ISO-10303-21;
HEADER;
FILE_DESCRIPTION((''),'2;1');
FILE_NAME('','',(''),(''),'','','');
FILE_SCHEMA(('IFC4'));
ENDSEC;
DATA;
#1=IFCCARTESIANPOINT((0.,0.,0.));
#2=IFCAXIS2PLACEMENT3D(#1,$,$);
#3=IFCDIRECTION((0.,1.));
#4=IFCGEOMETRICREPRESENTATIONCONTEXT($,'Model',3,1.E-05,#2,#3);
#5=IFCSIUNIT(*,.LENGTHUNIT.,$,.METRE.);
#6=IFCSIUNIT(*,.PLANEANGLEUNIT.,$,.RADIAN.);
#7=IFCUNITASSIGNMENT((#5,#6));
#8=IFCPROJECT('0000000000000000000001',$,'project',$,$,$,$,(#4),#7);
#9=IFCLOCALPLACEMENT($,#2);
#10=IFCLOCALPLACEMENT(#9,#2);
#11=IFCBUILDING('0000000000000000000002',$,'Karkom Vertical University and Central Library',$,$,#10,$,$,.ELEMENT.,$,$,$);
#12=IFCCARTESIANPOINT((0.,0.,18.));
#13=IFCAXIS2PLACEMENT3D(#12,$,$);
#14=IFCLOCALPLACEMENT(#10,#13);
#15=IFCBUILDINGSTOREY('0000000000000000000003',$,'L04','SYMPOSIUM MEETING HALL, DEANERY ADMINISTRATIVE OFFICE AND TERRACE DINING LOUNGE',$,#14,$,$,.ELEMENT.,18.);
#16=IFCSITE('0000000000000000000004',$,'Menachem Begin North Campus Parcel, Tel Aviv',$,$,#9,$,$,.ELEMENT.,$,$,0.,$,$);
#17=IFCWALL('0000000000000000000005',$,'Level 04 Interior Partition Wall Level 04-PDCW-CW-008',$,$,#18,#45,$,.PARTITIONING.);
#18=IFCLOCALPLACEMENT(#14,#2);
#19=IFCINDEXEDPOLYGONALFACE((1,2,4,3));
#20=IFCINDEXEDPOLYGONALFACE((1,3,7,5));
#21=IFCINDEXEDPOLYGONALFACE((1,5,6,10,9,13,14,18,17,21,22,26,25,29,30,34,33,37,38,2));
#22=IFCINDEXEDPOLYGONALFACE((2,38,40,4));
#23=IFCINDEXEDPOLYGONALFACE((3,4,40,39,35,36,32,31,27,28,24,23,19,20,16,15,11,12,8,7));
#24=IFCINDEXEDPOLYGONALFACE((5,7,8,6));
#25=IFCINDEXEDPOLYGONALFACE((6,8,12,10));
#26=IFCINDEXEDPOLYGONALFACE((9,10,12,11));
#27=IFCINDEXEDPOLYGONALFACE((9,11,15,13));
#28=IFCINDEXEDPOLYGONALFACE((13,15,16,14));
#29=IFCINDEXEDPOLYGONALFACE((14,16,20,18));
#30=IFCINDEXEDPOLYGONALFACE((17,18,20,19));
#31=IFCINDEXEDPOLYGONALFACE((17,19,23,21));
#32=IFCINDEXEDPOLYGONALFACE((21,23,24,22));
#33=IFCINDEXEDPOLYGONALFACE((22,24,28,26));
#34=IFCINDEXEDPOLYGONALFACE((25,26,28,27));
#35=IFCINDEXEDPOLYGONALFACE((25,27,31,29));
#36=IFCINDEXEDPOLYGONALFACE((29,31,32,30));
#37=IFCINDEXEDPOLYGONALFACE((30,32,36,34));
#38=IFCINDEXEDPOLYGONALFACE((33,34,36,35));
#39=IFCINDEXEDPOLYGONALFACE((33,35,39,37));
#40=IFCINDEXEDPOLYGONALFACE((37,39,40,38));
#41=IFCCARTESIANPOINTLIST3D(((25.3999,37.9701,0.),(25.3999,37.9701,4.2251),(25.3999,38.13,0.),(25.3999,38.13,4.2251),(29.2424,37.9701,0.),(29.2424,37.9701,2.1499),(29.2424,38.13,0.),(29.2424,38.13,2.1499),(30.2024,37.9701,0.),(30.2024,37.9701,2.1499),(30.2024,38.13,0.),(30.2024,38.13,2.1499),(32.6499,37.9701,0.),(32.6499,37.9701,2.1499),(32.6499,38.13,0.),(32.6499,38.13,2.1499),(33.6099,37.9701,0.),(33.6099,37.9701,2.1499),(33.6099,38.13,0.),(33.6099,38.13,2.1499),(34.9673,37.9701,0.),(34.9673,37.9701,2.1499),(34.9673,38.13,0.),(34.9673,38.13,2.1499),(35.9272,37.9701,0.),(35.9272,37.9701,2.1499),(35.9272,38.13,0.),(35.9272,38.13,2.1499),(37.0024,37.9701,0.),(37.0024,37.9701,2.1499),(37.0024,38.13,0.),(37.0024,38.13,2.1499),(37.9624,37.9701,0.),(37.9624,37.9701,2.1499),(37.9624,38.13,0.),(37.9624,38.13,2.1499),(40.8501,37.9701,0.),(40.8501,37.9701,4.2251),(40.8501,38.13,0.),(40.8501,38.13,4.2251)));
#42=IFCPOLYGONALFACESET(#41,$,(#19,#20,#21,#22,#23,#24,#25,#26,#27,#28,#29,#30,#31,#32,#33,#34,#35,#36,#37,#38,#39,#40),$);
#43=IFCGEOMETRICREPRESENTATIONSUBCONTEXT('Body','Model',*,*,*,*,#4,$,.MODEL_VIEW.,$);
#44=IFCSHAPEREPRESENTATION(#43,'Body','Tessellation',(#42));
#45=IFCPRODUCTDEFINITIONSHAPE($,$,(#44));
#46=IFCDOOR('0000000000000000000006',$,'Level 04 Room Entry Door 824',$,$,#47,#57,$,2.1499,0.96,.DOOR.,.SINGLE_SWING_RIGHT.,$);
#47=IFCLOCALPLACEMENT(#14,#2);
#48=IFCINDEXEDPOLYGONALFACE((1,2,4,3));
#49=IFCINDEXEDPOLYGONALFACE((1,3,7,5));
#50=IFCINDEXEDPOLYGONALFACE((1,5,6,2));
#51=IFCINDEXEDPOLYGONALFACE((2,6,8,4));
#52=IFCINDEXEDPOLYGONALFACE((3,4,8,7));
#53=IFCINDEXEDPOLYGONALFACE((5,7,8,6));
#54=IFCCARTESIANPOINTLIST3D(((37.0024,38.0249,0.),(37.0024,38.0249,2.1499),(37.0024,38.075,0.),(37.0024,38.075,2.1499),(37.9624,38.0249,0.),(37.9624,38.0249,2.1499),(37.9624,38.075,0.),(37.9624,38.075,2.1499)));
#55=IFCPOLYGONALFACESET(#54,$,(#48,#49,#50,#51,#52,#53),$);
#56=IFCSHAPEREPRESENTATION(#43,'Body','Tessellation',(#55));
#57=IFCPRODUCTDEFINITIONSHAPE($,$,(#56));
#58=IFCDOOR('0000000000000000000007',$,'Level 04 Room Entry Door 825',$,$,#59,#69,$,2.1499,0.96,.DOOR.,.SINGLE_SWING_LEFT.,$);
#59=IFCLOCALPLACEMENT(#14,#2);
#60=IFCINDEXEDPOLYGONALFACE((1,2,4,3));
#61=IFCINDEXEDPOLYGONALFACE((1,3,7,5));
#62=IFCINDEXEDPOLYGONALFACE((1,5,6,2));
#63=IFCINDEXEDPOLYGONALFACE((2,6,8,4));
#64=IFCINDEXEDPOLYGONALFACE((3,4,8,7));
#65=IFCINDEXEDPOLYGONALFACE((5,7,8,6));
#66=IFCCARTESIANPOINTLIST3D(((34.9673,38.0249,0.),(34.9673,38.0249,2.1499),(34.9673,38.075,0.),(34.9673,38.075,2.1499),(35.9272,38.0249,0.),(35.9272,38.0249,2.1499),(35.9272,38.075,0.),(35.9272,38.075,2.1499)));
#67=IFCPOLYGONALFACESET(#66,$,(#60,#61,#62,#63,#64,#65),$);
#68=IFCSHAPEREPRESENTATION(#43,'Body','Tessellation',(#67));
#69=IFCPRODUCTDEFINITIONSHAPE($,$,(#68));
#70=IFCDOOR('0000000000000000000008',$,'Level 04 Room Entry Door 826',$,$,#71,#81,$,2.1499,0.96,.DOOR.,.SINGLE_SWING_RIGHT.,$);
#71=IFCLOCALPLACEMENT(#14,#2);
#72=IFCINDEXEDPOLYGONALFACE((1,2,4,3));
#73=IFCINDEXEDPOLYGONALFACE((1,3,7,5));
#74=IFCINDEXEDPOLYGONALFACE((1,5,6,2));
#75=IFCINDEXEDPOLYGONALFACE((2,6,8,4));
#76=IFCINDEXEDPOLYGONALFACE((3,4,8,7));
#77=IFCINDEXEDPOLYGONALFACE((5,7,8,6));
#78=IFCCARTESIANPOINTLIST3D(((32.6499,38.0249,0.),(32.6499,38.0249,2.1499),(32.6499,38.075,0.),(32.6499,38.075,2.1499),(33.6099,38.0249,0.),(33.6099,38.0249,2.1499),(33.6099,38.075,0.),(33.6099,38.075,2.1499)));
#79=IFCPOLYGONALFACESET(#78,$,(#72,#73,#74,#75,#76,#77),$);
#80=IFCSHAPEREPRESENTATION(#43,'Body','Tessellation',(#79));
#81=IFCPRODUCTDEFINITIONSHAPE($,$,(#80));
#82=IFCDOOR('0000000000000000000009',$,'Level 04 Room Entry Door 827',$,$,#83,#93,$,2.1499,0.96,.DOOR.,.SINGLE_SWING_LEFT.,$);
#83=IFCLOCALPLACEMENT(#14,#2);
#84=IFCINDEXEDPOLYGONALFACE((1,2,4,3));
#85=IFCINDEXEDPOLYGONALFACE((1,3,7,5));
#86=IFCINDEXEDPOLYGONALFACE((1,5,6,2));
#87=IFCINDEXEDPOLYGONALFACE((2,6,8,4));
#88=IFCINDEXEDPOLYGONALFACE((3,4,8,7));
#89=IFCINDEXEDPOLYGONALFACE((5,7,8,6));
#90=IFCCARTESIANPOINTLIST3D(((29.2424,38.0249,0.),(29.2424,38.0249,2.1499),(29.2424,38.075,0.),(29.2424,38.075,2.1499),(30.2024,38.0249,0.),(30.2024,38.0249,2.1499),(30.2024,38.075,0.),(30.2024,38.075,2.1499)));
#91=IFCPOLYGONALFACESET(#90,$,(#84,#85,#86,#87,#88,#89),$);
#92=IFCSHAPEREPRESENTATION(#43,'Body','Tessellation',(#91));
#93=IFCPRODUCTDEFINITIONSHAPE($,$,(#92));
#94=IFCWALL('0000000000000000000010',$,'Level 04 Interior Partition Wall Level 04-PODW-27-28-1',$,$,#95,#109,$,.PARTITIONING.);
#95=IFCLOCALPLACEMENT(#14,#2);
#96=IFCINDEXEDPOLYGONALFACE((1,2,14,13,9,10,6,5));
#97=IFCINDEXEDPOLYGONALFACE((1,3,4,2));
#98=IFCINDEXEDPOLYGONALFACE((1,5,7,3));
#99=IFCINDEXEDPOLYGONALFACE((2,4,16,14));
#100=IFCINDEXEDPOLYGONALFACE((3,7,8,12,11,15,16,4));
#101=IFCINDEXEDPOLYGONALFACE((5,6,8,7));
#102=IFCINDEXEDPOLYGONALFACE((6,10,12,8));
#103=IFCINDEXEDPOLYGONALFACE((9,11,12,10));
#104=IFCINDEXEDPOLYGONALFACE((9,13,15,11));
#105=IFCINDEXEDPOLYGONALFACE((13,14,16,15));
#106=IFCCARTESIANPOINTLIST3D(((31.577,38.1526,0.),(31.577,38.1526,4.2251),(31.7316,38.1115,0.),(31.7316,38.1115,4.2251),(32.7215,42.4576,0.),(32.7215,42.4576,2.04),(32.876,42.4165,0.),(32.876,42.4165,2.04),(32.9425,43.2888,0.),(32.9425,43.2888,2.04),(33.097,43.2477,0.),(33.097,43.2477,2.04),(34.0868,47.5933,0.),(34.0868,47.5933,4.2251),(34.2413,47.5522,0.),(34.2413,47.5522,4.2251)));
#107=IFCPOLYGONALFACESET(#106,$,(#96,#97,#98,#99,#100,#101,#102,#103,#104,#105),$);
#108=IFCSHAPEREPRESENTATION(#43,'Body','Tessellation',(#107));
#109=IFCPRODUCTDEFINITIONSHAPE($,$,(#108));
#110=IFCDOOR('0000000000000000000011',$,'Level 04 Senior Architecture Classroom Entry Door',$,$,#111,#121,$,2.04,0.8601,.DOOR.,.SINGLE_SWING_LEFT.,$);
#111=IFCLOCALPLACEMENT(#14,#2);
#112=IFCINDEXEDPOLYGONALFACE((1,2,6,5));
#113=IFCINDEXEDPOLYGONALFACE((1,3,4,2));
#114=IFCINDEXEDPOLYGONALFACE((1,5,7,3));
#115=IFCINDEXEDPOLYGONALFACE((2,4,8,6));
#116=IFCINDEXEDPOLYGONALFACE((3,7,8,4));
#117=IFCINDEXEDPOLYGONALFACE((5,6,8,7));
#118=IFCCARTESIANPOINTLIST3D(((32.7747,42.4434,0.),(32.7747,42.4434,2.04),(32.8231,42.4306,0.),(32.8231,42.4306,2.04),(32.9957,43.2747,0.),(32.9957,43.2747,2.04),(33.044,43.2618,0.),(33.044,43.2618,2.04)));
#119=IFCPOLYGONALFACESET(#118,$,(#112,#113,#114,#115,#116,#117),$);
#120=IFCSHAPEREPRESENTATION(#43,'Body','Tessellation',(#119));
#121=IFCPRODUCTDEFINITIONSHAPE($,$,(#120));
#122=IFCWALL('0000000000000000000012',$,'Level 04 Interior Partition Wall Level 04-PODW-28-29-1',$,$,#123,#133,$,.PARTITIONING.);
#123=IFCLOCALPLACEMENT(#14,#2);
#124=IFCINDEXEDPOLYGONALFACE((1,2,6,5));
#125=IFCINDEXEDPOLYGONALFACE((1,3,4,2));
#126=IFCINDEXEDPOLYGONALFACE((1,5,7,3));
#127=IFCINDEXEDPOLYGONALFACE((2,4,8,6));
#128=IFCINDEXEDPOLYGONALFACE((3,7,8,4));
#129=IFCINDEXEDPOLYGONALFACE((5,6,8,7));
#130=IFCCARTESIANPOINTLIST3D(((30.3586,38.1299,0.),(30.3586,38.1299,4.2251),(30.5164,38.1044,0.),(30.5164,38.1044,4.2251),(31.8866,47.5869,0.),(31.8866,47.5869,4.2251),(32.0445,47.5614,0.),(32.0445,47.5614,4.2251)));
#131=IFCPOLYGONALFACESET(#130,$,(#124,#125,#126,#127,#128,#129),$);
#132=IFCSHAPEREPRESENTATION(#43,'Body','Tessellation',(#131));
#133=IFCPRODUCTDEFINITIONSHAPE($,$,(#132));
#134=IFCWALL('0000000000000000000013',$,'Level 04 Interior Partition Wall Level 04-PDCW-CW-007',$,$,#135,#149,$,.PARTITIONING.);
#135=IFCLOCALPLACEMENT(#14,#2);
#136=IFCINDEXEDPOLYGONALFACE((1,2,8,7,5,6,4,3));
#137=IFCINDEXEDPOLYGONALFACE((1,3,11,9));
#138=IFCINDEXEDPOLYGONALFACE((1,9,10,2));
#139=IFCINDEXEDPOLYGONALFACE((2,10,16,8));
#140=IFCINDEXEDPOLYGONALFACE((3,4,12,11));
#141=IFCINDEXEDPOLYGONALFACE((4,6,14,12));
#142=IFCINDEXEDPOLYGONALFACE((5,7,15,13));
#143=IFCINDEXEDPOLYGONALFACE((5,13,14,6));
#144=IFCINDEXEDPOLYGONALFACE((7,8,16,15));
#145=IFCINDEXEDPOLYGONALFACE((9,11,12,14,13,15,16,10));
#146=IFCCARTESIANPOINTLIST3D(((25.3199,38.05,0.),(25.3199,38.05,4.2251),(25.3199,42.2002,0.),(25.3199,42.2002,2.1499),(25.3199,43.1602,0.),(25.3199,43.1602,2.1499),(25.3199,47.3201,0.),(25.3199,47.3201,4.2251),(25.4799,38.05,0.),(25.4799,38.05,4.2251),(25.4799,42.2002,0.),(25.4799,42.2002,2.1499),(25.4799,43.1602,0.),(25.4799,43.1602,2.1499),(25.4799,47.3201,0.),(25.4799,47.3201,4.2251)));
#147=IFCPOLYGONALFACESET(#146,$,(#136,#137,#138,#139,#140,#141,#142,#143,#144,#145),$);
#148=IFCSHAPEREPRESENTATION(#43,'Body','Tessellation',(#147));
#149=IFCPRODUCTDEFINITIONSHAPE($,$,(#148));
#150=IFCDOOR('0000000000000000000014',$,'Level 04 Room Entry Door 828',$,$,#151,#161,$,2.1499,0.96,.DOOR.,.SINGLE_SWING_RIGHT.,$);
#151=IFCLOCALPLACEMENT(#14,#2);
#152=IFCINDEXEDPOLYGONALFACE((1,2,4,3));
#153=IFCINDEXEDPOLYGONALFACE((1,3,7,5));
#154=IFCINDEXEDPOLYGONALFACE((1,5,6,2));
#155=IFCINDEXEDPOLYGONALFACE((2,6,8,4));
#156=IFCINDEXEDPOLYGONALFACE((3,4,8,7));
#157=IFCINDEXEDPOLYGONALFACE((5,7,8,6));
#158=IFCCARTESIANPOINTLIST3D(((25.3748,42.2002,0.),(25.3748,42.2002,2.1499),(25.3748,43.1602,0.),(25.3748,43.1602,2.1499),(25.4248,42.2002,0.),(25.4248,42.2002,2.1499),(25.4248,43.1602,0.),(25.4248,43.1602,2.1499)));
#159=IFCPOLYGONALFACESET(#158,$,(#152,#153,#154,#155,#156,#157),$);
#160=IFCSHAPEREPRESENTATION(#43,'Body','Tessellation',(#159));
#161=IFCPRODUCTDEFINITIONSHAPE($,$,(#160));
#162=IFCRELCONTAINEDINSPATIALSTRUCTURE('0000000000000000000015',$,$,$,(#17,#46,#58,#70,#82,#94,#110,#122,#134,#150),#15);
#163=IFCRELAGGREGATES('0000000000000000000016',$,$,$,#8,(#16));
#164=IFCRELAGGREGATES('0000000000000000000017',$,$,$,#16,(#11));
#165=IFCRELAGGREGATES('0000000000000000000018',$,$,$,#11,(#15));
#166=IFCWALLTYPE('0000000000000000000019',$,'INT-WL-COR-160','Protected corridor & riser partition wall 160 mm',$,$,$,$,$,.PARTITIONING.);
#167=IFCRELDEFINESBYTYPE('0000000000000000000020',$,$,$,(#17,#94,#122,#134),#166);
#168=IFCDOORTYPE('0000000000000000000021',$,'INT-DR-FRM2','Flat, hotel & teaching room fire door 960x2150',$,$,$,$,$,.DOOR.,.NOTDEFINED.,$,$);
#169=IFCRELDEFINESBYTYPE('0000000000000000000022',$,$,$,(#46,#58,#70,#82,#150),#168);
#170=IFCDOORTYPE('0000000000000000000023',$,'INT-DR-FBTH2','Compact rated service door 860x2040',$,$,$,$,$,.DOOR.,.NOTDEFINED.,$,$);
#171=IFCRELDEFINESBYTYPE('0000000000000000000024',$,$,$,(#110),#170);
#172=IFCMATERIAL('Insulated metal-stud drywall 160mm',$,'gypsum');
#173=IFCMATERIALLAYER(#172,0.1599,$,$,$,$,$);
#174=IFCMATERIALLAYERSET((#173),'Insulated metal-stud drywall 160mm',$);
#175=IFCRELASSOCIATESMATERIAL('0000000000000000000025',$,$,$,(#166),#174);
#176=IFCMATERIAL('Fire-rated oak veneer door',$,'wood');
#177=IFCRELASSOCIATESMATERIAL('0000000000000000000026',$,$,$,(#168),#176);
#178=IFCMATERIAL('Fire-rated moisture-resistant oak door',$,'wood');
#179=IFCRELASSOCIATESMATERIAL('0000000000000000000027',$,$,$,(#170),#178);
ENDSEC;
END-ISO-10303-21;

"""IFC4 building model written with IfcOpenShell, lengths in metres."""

from ifc_helpers import new_model, si_unit, direction, frame, frame_2d, origin, origin_with_axes, place, context, subcontext, project, spatial, rectangle, extrude, source, transform, mapped, material, layer, layer_set, type_object, element, fill, save


model = new_model("IFC4")

# Units and contexts
model_context = context("Model", 3, precision=1e-05, world=origin(), true_north=direction((0.0, 1.0)))
body_context = subcontext(model_context, "Body", "Model", "MODEL_VIEW")
ifc_project = project(units=[si_unit("LENGTHUNIT", "METRE"), si_unit("PLANEANGLEUNIT", "RADIAN")], contexts=[model_context])

# Site, building, storey
site_placement = place(None, origin())
site = spatial("IfcSite", under=ifc_project, at=site_placement, Name="Menachem Begin North Campus Parcel, Tel Aviv", CompositionType="ELEMENT", RefElevation=0.0)
building_placement = place(site_placement, origin())
building = spatial("IfcBuilding", under=site, at=building_placement, Name="Karkom Vertical University and Central Library", CompositionType="ELEMENT")
storey_placement = place(building_placement, frame((0.0, 0.0, 18.0)))
storey = spatial("IfcBuildingStorey", under=building, at=storey_placement, Name="L04", Description="SYMPOSIUM MEETING HALL, DEANERY ADMINISTRATIVE OFFICE AND TERRACE DINING LOUNGE", CompositionType="ELEMENT", Elevation=18.0)

# Wall, openings, doors
ifc_material_1 = material(Name="Insulated metal-stud drywall 160mm", Category="gypsum")
ifc_layer_1 = layer(ifc_material_1, 0.1599)
ifc_layer_set_1 = layer_set([ifc_layer_1], Name="Insulated metal-stud drywall 160mm")
wall_type_1 = type_object("IfcWallType", Name="INT-WL-COR-160", Description="Protected corridor & riser partition wall 160 mm", PredefinedType="PARTITIONING", material=ifc_layer_set_1)
wall_1_placement = place(storey_placement, frame((25.3999, 38.05, 0.0), z_axis=(0.0, 0.0, 1.0), x_axis=(1.0, 0.0, 0.0)))
wall_1 = element("IfcWall", 1, at=wall_1_placement, inside=storey, type_object=wall_type_1, Name="Level 04 Interior Partition Wall Level 04-PDCW-CW-008", PredefinedType="PARTITIONING", context=body_context, shape_type="SweptSolid", body=[
    extrude(rectangle(XDim=15.4502, YDim=0.1599, at=frame_2d((7.7251, 0.0))), origin(), (0.0, 0.0, 1.0), 4.2251),
])
opening_1_placement = place(wall_1_placement, frame((11.6025, 0.0, 0.0)))
opening_1 = element("IfcOpeningElement", 2, at=opening_1_placement, cuts=wall_1, PredefinedType="OPENING", context=body_context, shape_type="SweptSolid", body=[
    extrude(rectangle(XDim=0.96, YDim=2.1499, at=frame_2d((0.48, 1.075))), frame((0.0, 0.0898, 0.0), z_axis=(0.0, -1.0, 0.0), x_axis=(1.0, 0.0, 0.0)), (0.0, 0.0, 1.0), 0.1799),
])
opening_2_placement = place(wall_1_placement, frame((9.5674, 0.0, 0.0)))
opening_2 = element("IfcOpeningElement", 3, at=opening_2_placement, cuts=wall_1, PredefinedType="OPENING", context=body_context, shape_type="SweptSolid", body=[
    extrude(rectangle(XDim=0.96, YDim=2.1499, at=frame_2d((0.48, 1.075))), frame((0.0, 0.0898, 0.0), z_axis=(0.0, -1.0, 0.0), x_axis=(1.0, 0.0, 0.0)), (0.0, 0.0, 1.0), 0.1799),
])
opening_3_placement = place(wall_1_placement, frame((7.25, 0.0, 0.0)))
opening_3 = element("IfcOpeningElement", 4, at=opening_3_placement, cuts=wall_1, PredefinedType="OPENING", context=body_context, shape_type="SweptSolid", body=[
    extrude(rectangle(XDim=0.96, YDim=2.1499, at=frame_2d((0.48, 1.075))), frame((0.0, 0.0898, 0.0), z_axis=(0.0, -1.0, 0.0), x_axis=(1.0, 0.0, 0.0)), (0.0, 0.0, 1.0), 0.1799),
])
opening_4_placement = place(wall_1_placement, frame((3.8425, 0.0, 0.0)))
opening_4 = element("IfcOpeningElement", 5, at=opening_4_placement, cuts=wall_1, PredefinedType="OPENING", context=body_context, shape_type="SweptSolid", body=[
    extrude(rectangle(XDim=0.96, YDim=2.1499, at=frame_2d((0.48, 1.075))), frame((0.0, 0.0898, 0.0), z_axis=(0.0, -1.0, 0.0), x_axis=(1.0, 0.0, 0.0)), (0.0, 0.0, 1.0), 0.1799),
])
ifc_material_2 = material(Name="Fire-rated oak veneer door", Category="wood")
door_type_1 = type_object("IfcDoorType", Name="INT-DR-FRM2", Description="Flat, hotel & teaching room fire door 960x2150", OperationType="NOTDEFINED", PredefinedType="DOOR", material=ifc_material_2)
shared_shape_1 = source(origin_with_axes(), body_context, "Body", "SweptSolid", [
    extrude(rectangle(XDim=0.96, YDim=2.1499, at=frame_2d((0.48, 1.075))), frame((0.0, 0.0249, 0.0), z_axis=(0.0, -1.0, 0.0), x_axis=(1.0, 0.0, 0.0)), (0.0, 0.0, 1.0), 0.05),
])
door_1_placement = place(opening_1_placement, origin())
door_1 = element("IfcDoor", 6, at=door_1_placement, inside=storey, type_object=door_type_1, Name="Level 04 Room Entry Door 824", OperationType="SINGLE_SWING_RIGHT", OverallHeight=2.1499, OverallWidth=0.96, PredefinedType="DOOR", context=body_context, shape_type="MappedRepresentation", body=[
    mapped(shared_shape_1, transform((0.0, 0.0, 0.0), scale=1.0)),
])
fill(opening_1, door_1)
door_2_placement = place(opening_2_placement, origin())
door_2 = element("IfcDoor", 7, at=door_2_placement, inside=storey, type_object=door_type_1, Name="Level 04 Room Entry Door 825", OperationType="SINGLE_SWING_LEFT", OverallHeight=2.1499, OverallWidth=0.96, PredefinedType="DOOR", context=body_context, shape_type="MappedRepresentation", body=[
    mapped(shared_shape_1, transform((0.0, 0.0, 0.0), scale=1.0)),
])
fill(opening_2, door_2)
door_3_placement = place(opening_3_placement, origin())
door_3 = element("IfcDoor", 8, at=door_3_placement, inside=storey, type_object=door_type_1, Name="Level 04 Room Entry Door 826", OperationType="SINGLE_SWING_RIGHT", OverallHeight=2.1499, OverallWidth=0.96, PredefinedType="DOOR", context=body_context, shape_type="MappedRepresentation", body=[
    mapped(shared_shape_1, transform((0.0, 0.0, 0.0), scale=1.0)),
])
fill(opening_3, door_3)
door_4_placement = place(opening_4_placement, origin())
door_4 = element("IfcDoor", 9, at=door_4_placement, inside=storey, type_object=door_type_1, Name="Level 04 Room Entry Door 827", OperationType="SINGLE_SWING_LEFT", OverallHeight=2.1499, OverallWidth=0.96, PredefinedType="DOOR", context=body_context, shape_type="MappedRepresentation", body=[
    mapped(shared_shape_1, transform((0.0, 0.0, 0.0), scale=1.0)),
])
fill(opening_4, door_4)

# Wall, opening, door
wall_2_placement = place(storey_placement, frame((31.6543, 38.1321, 0.0), z_axis=(0.0, 0.0, 1.0), x_axis=(0.256922, 0.966432, 0.0)))
wall_2 = element("IfcWall", 10, at=wall_2_placement, inside=storey, type_object=wall_type_1, Name="Level 04 Interior Partition Wall Level 04-PODW-27-28-1", PredefinedType="PARTITIONING", context=body_context, shape_type="SweptSolid", body=[
    extrude(rectangle(XDim=9.7686, YDim=0.1599, at=frame_2d((4.8843, 0.0))), origin(), (0.0, 0.0, 1.0), 4.2251),
])
opening_5_placement = place(wall_2_placement, frame((4.4543, 0.0, 0.0)))
opening_5 = element("IfcOpeningElement", 11, at=opening_5_placement, cuts=wall_2, PredefinedType="OPENING", context=body_context, shape_type="SweptSolid", body=[
    extrude(rectangle(XDim=0.8601, YDim=2.04, at=frame_2d((0.4302, 1.02))), frame((0.0, 0.0898, 0.0), z_axis=(0.0, -1.0, 0.0), x_axis=(1.0, 0.0, 0.0)), (0.0, 0.0, 1.0), 0.1799),
])
ifc_material_3 = material(Name="Fire-rated moisture-resistant oak door", Category="wood")
door_type_2 = type_object("IfcDoorType", Name="INT-DR-FBTH2", Description="Compact rated service door 860x2040", OperationType="NOTDEFINED", PredefinedType="DOOR", material=ifc_material_3)
shared_shape_2 = source(origin_with_axes(), body_context, "Body", "SweptSolid", [
    extrude(rectangle(XDim=0.8601, YDim=2.04, at=frame_2d((0.4302, 1.02))), frame((0.0, 0.0249, 0.0), z_axis=(0.0, -1.0, 0.0), x_axis=(1.0, 0.0, 0.0)), (0.0, 0.0, 1.0), 0.05),
])
door_5_placement = place(opening_5_placement, origin())
door_5 = element("IfcDoor", 12, at=door_5_placement, inside=storey, type_object=door_type_2, Name="Level 04 Senior Architecture Classroom Entry Door", OperationType="SINGLE_SWING_LEFT", OverallHeight=2.04, OverallWidth=0.8601, PredefinedType="DOOR", context=body_context, shape_type="MappedRepresentation", body=[
    mapped(shared_shape_2, transform((0.0, 0.0, 0.0), scale=1.0)),
])
fill(opening_5, door_5)

# Wall
wall_3_placement = place(storey_placement, frame((30.4375, 38.1172, 0.0), z_axis=(0.0, 0.0, 1.0), x_axis=(0.159512, 0.987196, 0.0)))
element("IfcWall", 13, at=wall_3_placement, inside=storey, type_object=wall_type_1, Name="Level 04 Interior Partition Wall Level 04-PODW-28-29-1", PredefinedType="PARTITIONING", context=body_context, shape_type="SweptSolid", body=[
    extrude(rectangle(XDim=9.5796, YDim=0.1599, at=frame_2d((4.7898, 0.0))), origin(), (0.0, 0.0, 1.0), 4.2251),
])

# Wall, opening, door
wall_4_placement = place(storey_placement, frame((25.3999, 47.3201, 0.0), z_axis=(0.0, 0.0, 1.0), x_axis=(0.0, -1.0, 0.0)))
wall_4 = element("IfcWall", 14, at=wall_4_placement, inside=storey, type_object=wall_type_1, Name="Level 04 Interior Partition Wall Level 04-PDCW-CW-007", PredefinedType="PARTITIONING", context=body_context, shape_type="SweptSolid", body=[
    extrude(rectangle(XDim=9.27, YDim=0.1599, at=frame_2d((4.635, 0.0))), origin(), (0.0, 0.0, 1.0), 4.2251),
])
opening_6_placement = place(wall_4_placement, frame((4.1599, 0.0, 0.0)))
opening_6 = element("IfcOpeningElement", 15, at=opening_6_placement, cuts=wall_4, PredefinedType="OPENING", context=body_context, shape_type="SweptSolid", body=[
    extrude(rectangle(XDim=0.96, YDim=2.1499, at=frame_2d((0.48, 1.075))), frame((0.0, 0.0898, 0.0), z_axis=(0.0, -1.0, 0.0), x_axis=(1.0, 0.0, 0.0)), (0.0, 0.0, 1.0), 0.1799),
])
door_6_placement = place(opening_6_placement, origin())
door_6 = element("IfcDoor", 16, at=door_6_placement, inside=storey, type_object=door_type_1, Name="Level 04 Room Entry Door 828", OperationType="SINGLE_SWING_RIGHT", OverallHeight=2.1499, OverallWidth=0.96, PredefinedType="DOOR", context=body_context, shape_type="MappedRepresentation", body=[
    mapped(shared_shape_1, transform((0.0, 0.0, 0.0), scale=1.0)),
])
fill(opening_6, door_6)

save(model, "model.ifc")
